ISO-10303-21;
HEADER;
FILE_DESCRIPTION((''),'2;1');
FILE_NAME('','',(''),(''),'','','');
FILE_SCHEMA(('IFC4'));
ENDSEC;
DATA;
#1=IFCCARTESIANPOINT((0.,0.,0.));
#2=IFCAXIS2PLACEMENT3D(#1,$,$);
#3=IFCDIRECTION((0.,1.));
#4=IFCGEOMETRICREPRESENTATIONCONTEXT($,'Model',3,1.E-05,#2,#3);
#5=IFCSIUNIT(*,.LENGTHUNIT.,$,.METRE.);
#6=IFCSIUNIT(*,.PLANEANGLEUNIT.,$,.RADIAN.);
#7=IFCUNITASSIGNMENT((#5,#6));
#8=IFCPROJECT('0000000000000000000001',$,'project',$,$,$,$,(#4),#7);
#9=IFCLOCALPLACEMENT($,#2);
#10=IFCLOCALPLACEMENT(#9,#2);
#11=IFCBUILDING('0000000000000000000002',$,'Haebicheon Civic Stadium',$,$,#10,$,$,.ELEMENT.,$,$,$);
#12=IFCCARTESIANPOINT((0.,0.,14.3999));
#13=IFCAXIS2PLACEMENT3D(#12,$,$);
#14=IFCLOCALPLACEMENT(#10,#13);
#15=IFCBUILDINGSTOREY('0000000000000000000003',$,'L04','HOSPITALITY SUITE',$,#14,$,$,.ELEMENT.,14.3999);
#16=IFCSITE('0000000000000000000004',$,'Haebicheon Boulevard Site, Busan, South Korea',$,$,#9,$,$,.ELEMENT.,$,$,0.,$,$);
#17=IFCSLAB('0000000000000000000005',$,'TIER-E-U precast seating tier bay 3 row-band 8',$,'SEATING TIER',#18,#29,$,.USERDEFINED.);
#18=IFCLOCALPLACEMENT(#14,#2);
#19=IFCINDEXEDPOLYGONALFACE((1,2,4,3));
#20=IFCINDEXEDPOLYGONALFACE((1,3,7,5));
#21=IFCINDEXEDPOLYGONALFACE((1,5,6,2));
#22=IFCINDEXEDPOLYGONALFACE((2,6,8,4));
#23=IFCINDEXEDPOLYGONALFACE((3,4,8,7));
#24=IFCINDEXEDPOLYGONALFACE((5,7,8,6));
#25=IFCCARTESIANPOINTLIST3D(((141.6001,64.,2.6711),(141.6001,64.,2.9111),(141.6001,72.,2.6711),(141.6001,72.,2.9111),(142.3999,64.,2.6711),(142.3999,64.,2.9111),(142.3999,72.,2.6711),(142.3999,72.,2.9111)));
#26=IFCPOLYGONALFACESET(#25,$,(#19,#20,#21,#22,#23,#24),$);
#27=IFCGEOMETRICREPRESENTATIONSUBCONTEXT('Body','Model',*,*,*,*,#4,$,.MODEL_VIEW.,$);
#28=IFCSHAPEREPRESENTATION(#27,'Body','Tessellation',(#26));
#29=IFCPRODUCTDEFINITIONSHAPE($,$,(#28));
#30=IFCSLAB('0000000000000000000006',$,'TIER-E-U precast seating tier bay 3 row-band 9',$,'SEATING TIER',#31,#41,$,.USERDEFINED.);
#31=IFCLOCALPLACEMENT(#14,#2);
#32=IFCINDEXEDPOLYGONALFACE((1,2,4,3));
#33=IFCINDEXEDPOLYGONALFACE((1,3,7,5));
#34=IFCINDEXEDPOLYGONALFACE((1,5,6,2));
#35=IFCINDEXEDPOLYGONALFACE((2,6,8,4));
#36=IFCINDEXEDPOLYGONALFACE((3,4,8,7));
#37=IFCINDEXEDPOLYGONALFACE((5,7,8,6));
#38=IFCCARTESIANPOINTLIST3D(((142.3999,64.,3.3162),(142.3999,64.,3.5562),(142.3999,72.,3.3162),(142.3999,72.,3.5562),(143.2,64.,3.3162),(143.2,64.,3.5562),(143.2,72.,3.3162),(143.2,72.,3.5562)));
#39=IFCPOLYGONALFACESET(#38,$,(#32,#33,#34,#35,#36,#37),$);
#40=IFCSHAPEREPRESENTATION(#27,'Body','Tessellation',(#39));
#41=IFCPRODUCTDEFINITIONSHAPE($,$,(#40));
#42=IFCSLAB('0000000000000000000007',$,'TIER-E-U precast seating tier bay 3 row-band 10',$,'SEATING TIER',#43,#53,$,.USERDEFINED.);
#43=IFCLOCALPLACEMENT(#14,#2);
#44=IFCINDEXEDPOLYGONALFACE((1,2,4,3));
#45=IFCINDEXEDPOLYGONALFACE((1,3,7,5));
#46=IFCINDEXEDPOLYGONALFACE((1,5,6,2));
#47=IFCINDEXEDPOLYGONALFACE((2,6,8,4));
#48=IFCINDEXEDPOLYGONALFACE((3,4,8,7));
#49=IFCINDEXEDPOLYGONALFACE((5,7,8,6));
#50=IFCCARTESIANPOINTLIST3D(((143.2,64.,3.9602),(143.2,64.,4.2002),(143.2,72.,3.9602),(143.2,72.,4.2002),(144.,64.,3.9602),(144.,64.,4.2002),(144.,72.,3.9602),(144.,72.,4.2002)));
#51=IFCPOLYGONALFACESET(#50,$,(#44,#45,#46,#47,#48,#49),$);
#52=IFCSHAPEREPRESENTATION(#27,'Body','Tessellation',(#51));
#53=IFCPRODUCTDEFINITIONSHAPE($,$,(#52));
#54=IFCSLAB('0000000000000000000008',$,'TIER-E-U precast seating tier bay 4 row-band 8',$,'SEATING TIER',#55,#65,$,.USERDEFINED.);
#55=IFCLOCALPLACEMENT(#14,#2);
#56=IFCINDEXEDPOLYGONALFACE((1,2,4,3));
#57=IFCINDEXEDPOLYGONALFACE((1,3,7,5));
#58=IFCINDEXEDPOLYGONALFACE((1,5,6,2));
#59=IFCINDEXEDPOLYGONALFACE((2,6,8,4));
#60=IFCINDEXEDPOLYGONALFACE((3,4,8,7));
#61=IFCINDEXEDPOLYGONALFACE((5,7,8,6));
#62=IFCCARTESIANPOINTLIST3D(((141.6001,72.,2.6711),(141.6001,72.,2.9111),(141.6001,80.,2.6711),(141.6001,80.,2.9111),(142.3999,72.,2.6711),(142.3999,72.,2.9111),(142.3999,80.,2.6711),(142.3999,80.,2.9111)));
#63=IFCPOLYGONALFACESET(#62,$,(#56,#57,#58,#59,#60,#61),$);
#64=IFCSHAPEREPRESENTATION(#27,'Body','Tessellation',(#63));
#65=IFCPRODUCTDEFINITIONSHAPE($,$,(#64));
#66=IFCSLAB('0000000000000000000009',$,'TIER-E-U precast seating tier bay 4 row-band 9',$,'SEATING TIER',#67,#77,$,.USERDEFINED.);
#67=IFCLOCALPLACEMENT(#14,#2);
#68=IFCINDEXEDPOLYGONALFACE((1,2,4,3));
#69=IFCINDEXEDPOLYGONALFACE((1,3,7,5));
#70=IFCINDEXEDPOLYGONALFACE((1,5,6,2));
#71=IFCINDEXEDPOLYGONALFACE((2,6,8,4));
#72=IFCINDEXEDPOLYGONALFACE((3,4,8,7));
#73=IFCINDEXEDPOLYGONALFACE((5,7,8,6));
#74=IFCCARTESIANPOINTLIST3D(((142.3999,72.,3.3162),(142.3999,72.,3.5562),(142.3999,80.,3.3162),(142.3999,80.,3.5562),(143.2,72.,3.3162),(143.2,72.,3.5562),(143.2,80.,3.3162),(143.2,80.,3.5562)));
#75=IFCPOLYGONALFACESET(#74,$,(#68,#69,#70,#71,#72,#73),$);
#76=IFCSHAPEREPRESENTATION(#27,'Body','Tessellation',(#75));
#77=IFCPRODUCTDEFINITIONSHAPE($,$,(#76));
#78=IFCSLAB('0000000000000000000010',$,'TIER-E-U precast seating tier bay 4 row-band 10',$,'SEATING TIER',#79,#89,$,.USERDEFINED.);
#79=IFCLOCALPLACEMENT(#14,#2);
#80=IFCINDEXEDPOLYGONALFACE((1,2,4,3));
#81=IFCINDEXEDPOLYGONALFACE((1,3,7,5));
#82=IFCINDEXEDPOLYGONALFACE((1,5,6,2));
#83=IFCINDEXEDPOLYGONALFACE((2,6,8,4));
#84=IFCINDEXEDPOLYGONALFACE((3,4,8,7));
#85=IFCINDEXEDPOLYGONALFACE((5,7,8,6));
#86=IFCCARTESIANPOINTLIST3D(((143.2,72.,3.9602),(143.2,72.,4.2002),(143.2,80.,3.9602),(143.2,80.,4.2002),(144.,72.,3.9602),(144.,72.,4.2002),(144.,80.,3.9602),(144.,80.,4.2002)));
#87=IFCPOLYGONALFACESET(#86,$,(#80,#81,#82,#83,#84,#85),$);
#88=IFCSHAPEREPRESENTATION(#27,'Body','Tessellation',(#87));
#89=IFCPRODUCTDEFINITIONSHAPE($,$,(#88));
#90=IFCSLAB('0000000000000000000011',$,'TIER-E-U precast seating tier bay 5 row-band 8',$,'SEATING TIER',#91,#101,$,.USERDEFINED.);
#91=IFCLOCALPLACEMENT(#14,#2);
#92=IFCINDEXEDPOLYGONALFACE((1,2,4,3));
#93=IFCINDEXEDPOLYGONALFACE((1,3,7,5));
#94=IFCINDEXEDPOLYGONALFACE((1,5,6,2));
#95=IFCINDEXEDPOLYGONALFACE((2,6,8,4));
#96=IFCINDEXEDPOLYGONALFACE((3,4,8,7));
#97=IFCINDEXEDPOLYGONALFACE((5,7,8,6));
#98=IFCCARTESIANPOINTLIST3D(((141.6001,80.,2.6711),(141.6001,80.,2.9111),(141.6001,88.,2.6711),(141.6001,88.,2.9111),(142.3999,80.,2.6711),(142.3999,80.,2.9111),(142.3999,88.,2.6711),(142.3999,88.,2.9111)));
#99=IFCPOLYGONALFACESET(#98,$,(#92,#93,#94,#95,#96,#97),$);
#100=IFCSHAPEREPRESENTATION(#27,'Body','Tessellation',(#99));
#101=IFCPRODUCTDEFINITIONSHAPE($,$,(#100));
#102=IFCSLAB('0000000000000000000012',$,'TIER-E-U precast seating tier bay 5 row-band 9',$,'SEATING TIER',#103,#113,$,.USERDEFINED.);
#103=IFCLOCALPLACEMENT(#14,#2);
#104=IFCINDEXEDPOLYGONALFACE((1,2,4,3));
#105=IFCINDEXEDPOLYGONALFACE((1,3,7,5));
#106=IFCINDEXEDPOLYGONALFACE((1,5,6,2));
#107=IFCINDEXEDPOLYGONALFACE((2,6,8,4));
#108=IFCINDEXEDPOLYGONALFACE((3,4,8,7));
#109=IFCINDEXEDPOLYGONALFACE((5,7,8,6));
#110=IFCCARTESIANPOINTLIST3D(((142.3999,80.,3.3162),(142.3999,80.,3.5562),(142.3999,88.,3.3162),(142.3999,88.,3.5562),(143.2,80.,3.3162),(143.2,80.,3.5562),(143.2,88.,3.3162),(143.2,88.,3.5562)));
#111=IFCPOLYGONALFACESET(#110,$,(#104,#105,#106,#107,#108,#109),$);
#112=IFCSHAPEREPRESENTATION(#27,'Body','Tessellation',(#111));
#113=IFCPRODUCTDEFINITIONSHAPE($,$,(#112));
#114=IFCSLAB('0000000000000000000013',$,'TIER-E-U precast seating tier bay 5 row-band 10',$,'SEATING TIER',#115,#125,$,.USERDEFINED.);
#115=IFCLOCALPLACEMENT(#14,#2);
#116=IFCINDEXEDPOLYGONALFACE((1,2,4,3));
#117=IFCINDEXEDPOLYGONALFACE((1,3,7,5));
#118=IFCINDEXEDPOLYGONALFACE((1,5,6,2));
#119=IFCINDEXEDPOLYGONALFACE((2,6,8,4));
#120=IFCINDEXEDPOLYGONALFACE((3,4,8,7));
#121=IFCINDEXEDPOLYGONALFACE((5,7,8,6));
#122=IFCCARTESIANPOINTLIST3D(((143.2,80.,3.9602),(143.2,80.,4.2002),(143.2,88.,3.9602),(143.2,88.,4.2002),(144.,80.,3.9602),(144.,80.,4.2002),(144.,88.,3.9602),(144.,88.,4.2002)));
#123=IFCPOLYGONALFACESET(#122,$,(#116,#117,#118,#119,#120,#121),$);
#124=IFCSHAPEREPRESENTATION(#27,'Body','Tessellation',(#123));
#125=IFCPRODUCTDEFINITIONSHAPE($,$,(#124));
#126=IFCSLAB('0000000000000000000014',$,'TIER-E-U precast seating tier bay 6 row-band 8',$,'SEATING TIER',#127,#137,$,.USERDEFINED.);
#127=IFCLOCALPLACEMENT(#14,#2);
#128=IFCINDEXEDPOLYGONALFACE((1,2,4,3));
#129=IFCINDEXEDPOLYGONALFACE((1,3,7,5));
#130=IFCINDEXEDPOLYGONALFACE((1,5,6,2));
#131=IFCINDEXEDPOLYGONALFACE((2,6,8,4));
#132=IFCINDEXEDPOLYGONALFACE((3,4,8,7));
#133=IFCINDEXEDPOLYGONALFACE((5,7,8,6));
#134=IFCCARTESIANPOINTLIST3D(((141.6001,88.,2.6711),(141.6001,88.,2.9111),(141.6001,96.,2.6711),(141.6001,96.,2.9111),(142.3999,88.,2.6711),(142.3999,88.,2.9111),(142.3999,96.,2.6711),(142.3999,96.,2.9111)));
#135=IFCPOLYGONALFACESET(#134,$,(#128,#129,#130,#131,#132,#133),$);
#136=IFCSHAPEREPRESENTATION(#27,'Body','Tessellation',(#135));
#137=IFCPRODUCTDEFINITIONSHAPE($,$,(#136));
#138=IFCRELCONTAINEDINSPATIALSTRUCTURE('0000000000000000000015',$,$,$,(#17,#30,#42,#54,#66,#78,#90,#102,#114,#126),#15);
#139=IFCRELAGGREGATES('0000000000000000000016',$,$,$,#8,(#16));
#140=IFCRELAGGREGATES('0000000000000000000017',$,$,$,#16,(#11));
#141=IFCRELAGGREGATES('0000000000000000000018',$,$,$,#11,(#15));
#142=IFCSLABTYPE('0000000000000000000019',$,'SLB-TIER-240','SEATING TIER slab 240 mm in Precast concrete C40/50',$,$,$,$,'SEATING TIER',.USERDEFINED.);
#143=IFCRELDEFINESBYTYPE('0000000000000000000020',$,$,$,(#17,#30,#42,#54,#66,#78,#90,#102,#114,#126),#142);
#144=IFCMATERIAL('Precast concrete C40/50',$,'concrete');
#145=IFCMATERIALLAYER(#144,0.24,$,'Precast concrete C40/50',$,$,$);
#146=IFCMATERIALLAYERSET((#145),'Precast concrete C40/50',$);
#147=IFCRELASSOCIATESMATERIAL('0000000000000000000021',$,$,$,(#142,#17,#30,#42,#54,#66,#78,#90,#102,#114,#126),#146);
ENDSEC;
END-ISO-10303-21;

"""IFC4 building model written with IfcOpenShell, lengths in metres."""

from ifc_helpers import new_model, si_unit, direction, frame, origin, place, context, subcontext, project, spatial, polyline, outline, extrude, material, layer, layer_set, type_object, element, save


model = new_model("IFC4")

# Units and contexts
model_context = context("Model", 3, precision=1e-05, world=origin(), true_north=direction((0.0, 1.0)))
body_context = subcontext(model_context, "Body", "Model", "MODEL_VIEW")
ifc_project = project(units=[si_unit("LENGTHUNIT", "METRE"), si_unit("PLANEANGLEUNIT", "RADIAN")], contexts=[model_context])

# Site, building, storey
site_placement = place(None, origin())
site = spatial("IfcSite", under=ifc_project, at=site_placement, Name="Haebicheon Boulevard Site, Busan, South Korea", CompositionType="ELEMENT", RefElevation=0.0)
building_placement = place(site_placement, origin())
building = spatial("IfcBuilding", under=site, at=building_placement, Name="Haebicheon Civic Stadium", CompositionType="ELEMENT")
storey_placement = place(building_placement, frame((0.0, 0.0, 14.3999)))
storey = spatial("IfcBuildingStorey", under=building, at=storey_placement, Name="L04", Description="HOSPITALITY SUITE", CompositionType="ELEMENT", Elevation=14.3999)

# Slabs
ifc_material = material(Name="Precast concrete C40/50", Category="concrete")
ifc_layer = layer(ifc_material, 0.24, Name="Precast concrete C40/50")
ifc_layer_set = layer_set([ifc_layer], Name="Precast concrete C40/50")
slab_type = type_object("IfcSlabType", Name="SLB-TIER-240", Description="SEATING TIER slab 240 mm in Precast concrete C40/50", ElementType="SEATING TIER", PredefinedType="USERDEFINED", material=ifc_layer_set)
slab_1_placement = place(storey_placement, frame((0.0, 0.0, 2.6711)))
element("IfcSlab", 1, at=slab_1_placement, inside=storey, type_object=slab_type, material=ifc_layer_set, Name="TIER-E-U precast seating tier bay 3 row-band 8", ObjectType="SEATING TIER", PredefinedType="USERDEFINED", context=body_context, shape_type="SweptSolid", body=[
    extrude(outline(polyline([(141.6001, 64.0), (142.3999, 64.0), (142.3999, 72.0), (141.6001, 72.0), (141.6001, 64.0)])), origin(), (0.0, 0.0, 1.0), 0.24),
])
slab_2_placement = place(storey_placement, frame((0.0, 0.0, 3.3162)))
element("IfcSlab", 2, at=slab_2_placement, inside=storey, type_object=slab_type, material=ifc_layer_set, Name="TIER-E-U precast seating tier bay 3 row-band 9", ObjectType="SEATING TIER", PredefinedType="USERDEFINED", context=body_context, shape_type="SweptSolid", body=[
    extrude(outline(polyline([(142.3999, 64.0), (143.2, 64.0), (143.2, 72.0), (142.3999, 72.0), (142.3999, 64.0)])), origin(), (0.0, 0.0, 1.0), 0.24),
])
slab_3_placement = place(storey_placement, frame((0.0, 0.0, 3.9602)))
element("IfcSlab", 3, at=slab_3_placement, inside=storey, type_object=slab_type, material=ifc_layer_set, Name="TIER-E-U precast seating tier bay 3 row-band 10", ObjectType="SEATING TIER", PredefinedType="USERDEFINED", context=body_context, shape_type="SweptSolid", body=[
    extrude(outline(polyline([(143.2, 64.0), (144.0, 64.0), (144.0, 72.0), (143.2, 72.0), (143.2, 64.0)])), origin(), (0.0, 0.0, 1.0), 0.24),
])
slab_4_placement = place(storey_placement, frame((0.0, 0.0, 2.6711)))
element("IfcSlab", 4, at=slab_4_placement, inside=storey, type_object=slab_type, material=ifc_layer_set, Name="TIER-E-U precast seating tier bay 4 row-band 8", ObjectType="SEATING TIER", PredefinedType="USERDEFINED", context=body_context, shape_type="SweptSolid", body=[
    extrude(outline(polyline([(141.6001, 72.0), (142.3999, 72.0), (142.3999, 80.0), (141.6001, 80.0), (141.6001, 72.0)])), origin(), (0.0, 0.0, 1.0), 0.24),
])
slab_5_placement = place(storey_placement, frame((0.0, 0.0, 3.3162)))
element("IfcSlab", 5, at=slab_5_placement, inside=storey, type_object=slab_type, material=ifc_layer_set, Name="TIER-E-U precast seating tier bay 4 row-band 9", ObjectType="SEATING TIER", PredefinedType="USERDEFINED", context=body_context, shape_type="SweptSolid", body=[
    extrude(outline(polyline([(142.3999, 72.0), (143.2, 72.0), (143.2, 80.0), (142.3999, 80.0), (142.3999, 72.0)])), origin(), (0.0, 0.0, 1.0), 0.24),
])
slab_6_placement = place(storey_placement, frame((0.0, 0.0, 3.9602)))
element("IfcSlab", 6, at=slab_6_placement, inside=storey, type_object=slab_type, material=ifc_layer_set, Name="TIER-E-U precast seating tier bay 4 row-band 10", ObjectType="SEATING TIER", PredefinedType="USERDEFINED", context=body_context, shape_type="SweptSolid", body=[
    extrude(outline(polyline([(143.2, 72.0), (144.0, 72.0), (144.0, 80.0), (143.2, 80.0), (143.2, 72.0)])), origin(), (0.0, 0.0, 1.0), 0.24),
])
slab_7_placement = place(storey_placement, frame((0.0, 0.0, 2.6711)))
element("IfcSlab", 7, at=slab_7_placement, inside=storey, type_object=slab_type, material=ifc_layer_set, Name="TIER-E-U precast seating tier bay 5 row-band 8", ObjectType="SEATING TIER", PredefinedType="USERDEFINED", context=body_context, shape_type="SweptSolid", body=[
    extrude(outline(polyline([(141.6001, 80.0), (142.3999, 80.0), (142.3999, 88.0), (141.6001, 88.0), (141.6001, 80.0)])), origin(), (0.0, 0.0, 1.0), 0.24),
])
slab_8_placement = place(storey_placement, frame((0.0, 0.0, 3.3162)))
element("IfcSlab", 8, at=slab_8_placement, inside=storey, type_object=slab_type, material=ifc_layer_set, Name="TIER-E-U precast seating tier bay 5 row-band 9", ObjectType="SEATING TIER", PredefinedType="USERDEFINED", context=body_context, shape_type="SweptSolid", body=[
    extrude(outline(polyline([(142.3999, 80.0), (143.2, 80.0), (143.2, 88.0), (142.3999, 88.0), (142.3999, 80.0)])), origin(), (0.0, 0.0, 1.0), 0.24),
])
slab_9_placement = place(storey_placement, frame((0.0, 0.0, 3.9602)))
element("IfcSlab", 9, at=slab_9_placement, inside=storey, type_object=slab_type, material=ifc_layer_set, Name="TIER-E-U precast seating tier bay 5 row-band 10", ObjectType="SEATING TIER", PredefinedType="USERDEFINED", context=body_context, shape_type="SweptSolid", body=[
    extrude(outline(polyline([(143.2, 80.0), (144.0, 80.0), (144.0, 88.0), (143.2, 88.0), (143.2, 80.0)])), origin(), (0.0, 0.0, 1.0), 0.24),
])
slab_10_placement = place(storey_placement, frame((0.0, 0.0, 2.6711)))
element("IfcSlab", 10, at=slab_10_placement, inside=storey, type_object=slab_type, material=ifc_layer_set, Name="TIER-E-U precast seating tier bay 6 row-band 8", ObjectType="SEATING TIER", PredefinedType="USERDEFINED", context=body_context, shape_type="SweptSolid", body=[
    extrude(outline(polyline([(141.6001, 88.0), (142.3999, 88.0), (142.3999, 96.0), (141.6001, 96.0), (141.6001, 88.0)])), origin(), (0.0, 0.0, 1.0), 0.24),
])

save(model, "model.ifc")
